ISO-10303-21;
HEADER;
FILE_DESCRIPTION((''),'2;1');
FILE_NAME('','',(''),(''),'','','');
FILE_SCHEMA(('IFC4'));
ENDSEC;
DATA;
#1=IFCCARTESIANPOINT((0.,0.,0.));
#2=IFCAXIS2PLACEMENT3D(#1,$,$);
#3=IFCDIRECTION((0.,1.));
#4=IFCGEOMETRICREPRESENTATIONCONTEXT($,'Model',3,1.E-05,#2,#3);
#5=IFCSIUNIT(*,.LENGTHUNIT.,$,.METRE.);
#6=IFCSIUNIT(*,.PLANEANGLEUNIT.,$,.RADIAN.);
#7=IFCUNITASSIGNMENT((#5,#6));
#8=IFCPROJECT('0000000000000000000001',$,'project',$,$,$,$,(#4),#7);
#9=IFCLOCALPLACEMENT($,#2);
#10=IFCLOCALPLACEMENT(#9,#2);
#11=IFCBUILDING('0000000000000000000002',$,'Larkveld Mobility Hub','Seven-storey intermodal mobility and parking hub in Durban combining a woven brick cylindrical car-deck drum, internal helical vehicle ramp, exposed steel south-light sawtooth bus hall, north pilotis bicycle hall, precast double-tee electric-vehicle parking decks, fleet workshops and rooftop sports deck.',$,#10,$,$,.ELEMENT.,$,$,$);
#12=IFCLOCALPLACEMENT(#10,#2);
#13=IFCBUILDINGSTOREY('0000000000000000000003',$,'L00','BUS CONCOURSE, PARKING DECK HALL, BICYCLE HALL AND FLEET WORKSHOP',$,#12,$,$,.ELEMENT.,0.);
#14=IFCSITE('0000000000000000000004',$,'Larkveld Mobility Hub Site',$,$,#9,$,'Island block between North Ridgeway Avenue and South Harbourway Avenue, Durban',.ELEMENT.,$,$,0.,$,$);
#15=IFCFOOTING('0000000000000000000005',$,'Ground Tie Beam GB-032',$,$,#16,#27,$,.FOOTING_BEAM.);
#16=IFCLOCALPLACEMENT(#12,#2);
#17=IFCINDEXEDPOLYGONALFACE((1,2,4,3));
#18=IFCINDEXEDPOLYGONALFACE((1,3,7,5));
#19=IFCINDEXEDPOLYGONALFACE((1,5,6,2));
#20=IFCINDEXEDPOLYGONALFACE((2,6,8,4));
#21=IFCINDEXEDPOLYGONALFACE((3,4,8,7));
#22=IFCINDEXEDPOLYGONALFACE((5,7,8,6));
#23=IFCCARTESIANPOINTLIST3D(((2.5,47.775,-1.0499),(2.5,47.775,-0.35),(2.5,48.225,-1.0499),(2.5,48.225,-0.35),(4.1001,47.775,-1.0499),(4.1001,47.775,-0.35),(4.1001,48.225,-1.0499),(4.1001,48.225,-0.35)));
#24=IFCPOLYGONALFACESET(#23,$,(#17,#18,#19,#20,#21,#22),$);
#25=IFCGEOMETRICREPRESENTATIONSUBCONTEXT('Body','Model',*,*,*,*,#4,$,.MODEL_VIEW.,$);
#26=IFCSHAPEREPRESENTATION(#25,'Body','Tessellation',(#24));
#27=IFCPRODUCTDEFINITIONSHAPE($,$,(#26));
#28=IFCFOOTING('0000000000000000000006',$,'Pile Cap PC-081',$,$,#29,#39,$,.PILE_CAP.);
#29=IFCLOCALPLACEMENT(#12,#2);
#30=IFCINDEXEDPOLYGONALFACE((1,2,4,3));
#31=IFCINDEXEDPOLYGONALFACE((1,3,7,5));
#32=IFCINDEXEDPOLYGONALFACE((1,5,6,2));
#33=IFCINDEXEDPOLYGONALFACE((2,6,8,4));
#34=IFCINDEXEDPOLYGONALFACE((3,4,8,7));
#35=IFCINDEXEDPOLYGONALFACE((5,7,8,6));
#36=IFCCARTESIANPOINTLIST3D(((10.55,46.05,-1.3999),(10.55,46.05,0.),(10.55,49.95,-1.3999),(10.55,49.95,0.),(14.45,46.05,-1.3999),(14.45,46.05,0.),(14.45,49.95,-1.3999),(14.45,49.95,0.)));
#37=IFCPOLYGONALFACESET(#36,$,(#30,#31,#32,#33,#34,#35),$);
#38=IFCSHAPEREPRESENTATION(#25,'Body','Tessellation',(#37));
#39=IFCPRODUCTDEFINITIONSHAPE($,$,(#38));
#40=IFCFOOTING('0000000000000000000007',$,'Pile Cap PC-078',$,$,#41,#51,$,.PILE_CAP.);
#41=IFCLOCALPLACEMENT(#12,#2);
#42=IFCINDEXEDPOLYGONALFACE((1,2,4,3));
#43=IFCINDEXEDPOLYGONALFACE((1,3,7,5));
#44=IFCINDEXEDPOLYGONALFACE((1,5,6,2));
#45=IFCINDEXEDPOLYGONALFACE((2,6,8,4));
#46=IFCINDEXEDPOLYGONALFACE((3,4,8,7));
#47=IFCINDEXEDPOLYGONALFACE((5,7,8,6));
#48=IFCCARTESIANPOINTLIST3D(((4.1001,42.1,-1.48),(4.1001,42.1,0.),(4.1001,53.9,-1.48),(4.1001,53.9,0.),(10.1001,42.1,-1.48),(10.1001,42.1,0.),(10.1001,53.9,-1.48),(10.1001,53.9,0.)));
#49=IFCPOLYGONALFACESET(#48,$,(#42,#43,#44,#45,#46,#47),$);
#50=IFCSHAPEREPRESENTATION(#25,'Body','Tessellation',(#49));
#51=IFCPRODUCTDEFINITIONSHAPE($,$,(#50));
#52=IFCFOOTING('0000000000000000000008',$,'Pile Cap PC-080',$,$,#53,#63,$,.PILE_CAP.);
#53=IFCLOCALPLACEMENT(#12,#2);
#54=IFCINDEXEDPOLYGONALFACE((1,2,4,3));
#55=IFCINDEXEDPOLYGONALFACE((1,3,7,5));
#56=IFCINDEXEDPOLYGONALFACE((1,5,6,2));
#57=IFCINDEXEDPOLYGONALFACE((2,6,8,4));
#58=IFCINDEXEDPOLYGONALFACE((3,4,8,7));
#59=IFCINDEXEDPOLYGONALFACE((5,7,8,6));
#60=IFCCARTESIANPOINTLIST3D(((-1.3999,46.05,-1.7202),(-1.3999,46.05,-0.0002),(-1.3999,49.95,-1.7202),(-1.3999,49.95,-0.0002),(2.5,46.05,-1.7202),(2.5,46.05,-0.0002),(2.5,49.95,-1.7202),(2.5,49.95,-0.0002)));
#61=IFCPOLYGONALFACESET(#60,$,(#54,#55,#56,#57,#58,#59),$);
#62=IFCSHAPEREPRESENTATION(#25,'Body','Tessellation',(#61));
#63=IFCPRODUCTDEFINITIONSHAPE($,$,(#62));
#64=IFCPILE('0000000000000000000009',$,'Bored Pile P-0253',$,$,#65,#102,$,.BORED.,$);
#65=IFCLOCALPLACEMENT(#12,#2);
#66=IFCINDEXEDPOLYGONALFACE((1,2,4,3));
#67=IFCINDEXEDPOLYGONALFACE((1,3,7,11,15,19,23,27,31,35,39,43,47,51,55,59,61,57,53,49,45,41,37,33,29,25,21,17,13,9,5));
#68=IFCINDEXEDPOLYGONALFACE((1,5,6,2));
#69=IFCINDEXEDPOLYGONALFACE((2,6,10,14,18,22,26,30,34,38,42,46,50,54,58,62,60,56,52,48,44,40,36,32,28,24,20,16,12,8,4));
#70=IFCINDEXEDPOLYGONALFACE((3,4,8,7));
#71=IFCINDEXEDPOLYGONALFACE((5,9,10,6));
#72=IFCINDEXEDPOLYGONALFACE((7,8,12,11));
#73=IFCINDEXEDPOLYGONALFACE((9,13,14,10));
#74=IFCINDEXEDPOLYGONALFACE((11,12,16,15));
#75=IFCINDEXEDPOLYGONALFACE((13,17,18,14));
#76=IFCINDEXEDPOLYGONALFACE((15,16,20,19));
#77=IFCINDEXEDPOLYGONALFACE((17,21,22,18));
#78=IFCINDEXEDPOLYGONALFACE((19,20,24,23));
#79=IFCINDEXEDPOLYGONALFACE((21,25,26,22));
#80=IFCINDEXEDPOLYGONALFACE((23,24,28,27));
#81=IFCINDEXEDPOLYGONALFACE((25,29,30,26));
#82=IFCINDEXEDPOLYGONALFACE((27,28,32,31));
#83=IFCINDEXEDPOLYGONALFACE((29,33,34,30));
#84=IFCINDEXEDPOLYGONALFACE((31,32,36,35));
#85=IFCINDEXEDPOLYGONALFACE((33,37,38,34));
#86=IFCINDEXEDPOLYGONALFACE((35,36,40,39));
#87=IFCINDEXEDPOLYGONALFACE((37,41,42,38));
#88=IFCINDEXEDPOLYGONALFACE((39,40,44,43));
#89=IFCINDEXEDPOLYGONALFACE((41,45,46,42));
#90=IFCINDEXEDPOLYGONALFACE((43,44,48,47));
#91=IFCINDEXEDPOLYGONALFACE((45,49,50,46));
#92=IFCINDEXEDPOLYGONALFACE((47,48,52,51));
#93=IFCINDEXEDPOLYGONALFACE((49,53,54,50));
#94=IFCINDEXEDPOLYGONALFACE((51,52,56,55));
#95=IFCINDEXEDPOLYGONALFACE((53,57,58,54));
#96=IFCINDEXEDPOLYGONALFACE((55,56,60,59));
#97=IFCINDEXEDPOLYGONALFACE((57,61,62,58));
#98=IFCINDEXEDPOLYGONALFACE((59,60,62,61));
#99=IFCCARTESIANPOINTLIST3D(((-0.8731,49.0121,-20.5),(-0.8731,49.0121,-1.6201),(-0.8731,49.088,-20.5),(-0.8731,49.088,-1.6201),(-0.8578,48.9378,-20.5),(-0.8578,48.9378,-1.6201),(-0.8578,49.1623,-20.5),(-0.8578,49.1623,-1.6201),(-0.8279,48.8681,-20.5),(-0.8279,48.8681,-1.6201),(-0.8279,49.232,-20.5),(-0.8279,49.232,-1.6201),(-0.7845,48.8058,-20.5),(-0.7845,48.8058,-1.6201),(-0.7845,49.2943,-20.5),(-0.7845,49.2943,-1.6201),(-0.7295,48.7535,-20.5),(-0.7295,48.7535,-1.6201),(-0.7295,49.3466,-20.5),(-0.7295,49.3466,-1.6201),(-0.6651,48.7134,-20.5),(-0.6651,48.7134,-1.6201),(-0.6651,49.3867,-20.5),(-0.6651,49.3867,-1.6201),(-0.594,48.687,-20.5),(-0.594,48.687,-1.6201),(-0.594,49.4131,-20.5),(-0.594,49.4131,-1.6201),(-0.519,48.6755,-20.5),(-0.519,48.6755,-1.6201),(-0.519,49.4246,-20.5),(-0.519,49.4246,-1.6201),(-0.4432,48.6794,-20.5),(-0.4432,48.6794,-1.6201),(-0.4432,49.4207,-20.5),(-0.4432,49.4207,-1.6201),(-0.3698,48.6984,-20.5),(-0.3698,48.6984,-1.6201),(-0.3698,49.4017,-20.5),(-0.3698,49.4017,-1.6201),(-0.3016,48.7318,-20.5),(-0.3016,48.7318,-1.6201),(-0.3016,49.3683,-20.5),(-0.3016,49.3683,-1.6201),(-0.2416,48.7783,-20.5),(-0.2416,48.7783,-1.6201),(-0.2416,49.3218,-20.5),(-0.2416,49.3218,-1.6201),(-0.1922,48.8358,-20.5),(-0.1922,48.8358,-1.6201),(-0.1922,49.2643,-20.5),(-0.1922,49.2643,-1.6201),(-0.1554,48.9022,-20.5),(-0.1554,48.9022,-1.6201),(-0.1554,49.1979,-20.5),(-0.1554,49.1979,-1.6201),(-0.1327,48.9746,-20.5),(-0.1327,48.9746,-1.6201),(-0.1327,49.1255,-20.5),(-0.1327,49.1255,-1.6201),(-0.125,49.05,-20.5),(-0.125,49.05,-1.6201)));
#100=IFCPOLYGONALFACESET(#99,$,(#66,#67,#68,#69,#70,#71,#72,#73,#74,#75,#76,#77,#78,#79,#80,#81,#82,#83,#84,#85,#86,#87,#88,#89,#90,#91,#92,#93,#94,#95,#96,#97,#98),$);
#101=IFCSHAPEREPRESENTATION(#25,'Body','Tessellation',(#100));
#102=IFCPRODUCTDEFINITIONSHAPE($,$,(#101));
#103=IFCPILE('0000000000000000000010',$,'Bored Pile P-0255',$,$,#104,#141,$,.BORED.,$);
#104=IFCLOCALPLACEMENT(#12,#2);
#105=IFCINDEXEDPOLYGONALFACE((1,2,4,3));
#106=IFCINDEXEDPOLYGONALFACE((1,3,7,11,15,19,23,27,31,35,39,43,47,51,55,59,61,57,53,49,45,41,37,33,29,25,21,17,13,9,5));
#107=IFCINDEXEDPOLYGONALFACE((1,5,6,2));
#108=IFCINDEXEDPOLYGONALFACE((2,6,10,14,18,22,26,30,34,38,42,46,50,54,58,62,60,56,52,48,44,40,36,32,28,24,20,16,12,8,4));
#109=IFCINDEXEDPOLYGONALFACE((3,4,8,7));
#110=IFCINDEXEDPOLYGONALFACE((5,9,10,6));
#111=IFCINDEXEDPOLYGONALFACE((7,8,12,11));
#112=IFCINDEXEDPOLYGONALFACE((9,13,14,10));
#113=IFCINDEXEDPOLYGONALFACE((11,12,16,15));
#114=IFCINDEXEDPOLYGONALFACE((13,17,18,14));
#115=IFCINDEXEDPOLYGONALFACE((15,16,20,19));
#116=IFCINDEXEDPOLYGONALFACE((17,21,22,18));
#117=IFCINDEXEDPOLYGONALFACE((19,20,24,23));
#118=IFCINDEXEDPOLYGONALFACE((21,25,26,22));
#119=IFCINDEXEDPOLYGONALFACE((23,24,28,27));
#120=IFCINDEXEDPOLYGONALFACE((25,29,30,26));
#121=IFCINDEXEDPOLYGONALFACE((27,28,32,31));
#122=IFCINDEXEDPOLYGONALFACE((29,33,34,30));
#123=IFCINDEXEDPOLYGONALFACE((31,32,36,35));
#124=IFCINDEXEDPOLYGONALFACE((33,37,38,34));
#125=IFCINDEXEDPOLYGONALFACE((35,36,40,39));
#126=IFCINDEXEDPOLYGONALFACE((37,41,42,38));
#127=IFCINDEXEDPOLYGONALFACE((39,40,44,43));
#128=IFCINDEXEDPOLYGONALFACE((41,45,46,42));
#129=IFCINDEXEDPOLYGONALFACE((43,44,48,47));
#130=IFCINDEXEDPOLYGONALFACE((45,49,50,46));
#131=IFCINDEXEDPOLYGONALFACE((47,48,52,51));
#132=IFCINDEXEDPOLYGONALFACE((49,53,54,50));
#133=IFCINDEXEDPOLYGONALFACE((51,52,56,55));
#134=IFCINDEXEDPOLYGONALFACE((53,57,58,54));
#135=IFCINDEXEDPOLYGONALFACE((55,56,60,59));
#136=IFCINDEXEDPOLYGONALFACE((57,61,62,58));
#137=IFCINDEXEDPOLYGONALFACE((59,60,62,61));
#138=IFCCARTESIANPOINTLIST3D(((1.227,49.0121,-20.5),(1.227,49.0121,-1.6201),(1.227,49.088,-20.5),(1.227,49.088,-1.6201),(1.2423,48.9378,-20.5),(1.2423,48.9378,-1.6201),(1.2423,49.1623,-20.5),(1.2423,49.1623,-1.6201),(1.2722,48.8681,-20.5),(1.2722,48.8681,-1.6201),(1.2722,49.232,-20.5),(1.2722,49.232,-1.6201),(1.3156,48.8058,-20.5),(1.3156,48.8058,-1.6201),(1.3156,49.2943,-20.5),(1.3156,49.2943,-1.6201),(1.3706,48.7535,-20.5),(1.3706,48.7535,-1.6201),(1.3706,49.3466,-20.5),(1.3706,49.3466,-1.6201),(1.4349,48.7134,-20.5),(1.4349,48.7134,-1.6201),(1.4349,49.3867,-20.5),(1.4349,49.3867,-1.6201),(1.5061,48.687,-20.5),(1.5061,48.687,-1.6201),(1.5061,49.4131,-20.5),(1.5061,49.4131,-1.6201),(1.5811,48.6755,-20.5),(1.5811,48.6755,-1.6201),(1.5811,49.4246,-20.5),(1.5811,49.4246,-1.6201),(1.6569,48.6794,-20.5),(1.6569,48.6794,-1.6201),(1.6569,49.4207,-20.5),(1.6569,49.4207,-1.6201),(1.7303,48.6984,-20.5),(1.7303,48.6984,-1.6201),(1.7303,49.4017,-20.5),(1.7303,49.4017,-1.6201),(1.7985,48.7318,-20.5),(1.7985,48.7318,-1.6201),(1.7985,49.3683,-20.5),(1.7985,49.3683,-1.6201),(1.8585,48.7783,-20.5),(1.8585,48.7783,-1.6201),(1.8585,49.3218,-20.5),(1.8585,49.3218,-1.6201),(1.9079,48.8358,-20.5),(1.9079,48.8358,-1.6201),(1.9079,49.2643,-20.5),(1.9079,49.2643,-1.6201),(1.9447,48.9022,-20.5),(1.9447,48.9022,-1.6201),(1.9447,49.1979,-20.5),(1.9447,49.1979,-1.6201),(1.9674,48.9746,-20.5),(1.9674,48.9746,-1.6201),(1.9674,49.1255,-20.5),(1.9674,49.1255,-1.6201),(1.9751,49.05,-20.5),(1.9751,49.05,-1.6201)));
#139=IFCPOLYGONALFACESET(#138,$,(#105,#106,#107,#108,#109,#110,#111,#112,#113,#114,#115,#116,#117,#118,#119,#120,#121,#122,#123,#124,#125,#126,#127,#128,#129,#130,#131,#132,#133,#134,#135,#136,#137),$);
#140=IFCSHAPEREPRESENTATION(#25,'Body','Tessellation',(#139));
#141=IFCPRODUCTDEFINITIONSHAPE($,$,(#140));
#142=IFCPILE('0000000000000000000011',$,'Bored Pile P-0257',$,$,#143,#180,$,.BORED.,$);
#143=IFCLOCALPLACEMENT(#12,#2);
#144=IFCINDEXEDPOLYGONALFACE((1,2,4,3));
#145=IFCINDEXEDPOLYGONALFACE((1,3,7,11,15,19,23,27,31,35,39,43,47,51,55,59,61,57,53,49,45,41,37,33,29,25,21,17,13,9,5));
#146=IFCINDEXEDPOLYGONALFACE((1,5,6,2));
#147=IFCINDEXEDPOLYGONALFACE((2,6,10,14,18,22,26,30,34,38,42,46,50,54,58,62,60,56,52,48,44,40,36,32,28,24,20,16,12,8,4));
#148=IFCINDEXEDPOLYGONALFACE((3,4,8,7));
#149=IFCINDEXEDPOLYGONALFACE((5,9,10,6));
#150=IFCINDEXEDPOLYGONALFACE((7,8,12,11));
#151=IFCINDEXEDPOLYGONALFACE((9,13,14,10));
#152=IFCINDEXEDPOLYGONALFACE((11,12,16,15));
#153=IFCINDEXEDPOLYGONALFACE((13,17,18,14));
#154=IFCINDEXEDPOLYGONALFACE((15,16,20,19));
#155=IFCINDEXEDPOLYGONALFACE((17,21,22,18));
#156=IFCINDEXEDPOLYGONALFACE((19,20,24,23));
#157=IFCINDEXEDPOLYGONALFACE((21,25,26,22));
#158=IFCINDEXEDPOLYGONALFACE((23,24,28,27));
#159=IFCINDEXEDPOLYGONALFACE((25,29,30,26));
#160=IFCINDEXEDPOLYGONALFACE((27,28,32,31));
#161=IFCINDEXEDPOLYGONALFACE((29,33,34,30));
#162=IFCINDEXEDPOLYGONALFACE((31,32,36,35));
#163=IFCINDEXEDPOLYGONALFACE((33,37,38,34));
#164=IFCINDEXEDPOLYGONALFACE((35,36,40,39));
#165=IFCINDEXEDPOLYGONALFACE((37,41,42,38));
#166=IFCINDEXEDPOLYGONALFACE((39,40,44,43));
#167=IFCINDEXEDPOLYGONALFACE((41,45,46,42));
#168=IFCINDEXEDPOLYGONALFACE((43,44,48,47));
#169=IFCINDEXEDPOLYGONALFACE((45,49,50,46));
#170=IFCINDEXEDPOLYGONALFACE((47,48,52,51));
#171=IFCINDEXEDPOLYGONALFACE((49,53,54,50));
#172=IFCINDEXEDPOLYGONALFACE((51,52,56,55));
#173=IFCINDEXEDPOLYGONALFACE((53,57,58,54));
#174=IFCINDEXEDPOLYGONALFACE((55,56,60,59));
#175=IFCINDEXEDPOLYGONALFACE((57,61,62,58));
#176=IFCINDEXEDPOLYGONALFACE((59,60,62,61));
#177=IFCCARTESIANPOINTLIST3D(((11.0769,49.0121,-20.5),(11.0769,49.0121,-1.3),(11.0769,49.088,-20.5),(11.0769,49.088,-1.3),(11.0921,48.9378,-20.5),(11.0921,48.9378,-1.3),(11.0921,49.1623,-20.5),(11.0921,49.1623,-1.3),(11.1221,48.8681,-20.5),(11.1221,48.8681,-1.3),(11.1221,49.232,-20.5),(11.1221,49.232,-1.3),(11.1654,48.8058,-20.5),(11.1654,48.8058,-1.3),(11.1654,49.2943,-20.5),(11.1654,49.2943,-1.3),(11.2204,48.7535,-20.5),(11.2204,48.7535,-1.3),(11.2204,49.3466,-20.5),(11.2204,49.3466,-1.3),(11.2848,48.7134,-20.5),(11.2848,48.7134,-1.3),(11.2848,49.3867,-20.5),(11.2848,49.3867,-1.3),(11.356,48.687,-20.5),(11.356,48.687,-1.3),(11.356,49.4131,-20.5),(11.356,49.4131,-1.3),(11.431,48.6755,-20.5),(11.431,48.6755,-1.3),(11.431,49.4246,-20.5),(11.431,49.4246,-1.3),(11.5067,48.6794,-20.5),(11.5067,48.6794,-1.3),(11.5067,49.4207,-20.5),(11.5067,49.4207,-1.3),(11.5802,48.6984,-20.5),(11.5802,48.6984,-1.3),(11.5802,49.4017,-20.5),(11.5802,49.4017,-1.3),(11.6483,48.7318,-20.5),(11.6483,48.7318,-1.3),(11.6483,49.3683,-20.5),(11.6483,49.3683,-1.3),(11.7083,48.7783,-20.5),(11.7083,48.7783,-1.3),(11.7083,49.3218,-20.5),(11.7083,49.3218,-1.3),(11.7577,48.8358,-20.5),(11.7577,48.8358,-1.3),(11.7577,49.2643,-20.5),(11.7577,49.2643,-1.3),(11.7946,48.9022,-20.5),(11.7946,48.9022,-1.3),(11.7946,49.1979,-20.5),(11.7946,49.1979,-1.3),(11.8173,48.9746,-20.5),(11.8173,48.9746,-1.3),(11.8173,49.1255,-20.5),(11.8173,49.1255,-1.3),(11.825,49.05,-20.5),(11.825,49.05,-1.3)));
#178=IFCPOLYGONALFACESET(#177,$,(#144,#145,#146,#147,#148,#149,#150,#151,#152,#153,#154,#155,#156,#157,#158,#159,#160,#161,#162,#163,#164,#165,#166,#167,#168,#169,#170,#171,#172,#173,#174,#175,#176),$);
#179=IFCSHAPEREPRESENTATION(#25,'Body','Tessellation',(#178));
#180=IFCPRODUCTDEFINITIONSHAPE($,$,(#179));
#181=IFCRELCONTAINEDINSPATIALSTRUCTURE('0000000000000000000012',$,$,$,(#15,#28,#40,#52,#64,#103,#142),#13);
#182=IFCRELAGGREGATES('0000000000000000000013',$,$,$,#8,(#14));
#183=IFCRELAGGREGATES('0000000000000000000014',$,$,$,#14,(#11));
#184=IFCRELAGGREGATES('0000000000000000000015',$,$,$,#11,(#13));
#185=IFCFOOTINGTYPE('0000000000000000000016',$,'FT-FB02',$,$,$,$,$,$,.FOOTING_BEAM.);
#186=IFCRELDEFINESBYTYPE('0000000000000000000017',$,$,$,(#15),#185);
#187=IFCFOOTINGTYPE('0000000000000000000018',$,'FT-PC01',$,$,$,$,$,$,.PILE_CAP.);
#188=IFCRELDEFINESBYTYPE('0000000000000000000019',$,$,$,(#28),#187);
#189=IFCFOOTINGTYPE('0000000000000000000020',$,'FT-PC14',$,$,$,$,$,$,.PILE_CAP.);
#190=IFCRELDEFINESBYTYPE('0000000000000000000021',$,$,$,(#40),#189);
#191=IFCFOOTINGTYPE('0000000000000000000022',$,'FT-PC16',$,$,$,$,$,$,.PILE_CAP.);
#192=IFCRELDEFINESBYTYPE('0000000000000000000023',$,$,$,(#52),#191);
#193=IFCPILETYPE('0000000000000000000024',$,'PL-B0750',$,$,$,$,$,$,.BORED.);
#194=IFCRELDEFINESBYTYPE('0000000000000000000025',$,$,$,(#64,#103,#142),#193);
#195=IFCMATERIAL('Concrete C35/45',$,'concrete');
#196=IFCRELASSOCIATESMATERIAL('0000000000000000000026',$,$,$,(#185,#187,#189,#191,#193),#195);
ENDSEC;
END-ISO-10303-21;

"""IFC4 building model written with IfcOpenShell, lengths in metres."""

from ifc_helpers import new_model, si_unit, direction, frame, origin, origin_2d, place, context, subcontext, project, spatial, rectangle, circle, extrude, material, material_profile, profile_set, type_object, element, save


model = new_model("IFC4")

# Units and contexts
model_context = context("Model", 3, precision=1e-05, world=origin(), true_north=direction((0.0, 1.0)))
body_context = subcontext(model_context, "Body", "Model", "MODEL_VIEW")
ifc_project = project(units=[si_unit("LENGTHUNIT", "METRE"), si_unit("PLANEANGLEUNIT", "RADIAN")], contexts=[model_context])

# Site, building, storey
site_placement = place(None, origin())
site = spatial("IfcSite", under=ifc_project, at=site_placement, Name="Larkveld Mobility Hub Site", LongName="Island block between North Ridgeway Avenue and South Harbourway Avenue, Durban", CompositionType="ELEMENT", RefElevation=0.0)
building_placement = place(site_placement, origin())
building = spatial("IfcBuilding", under=site, at=building_placement, Name="Larkveld Mobility Hub", Description="Seven-storey intermodal mobility and parking hub in Durban combining a woven brick cylindrical car-deck drum, internal helical vehicle ramp, exposed steel south-light sawtooth bus hall, north pilotis bicycle hall, precast double-tee electric-vehicle parking decks, fleet workshops and rooftop sports deck.", CompositionType="ELEMENT")
storey_placement = place(building_placement, origin())
storey = spatial("IfcBuildingStorey", under=building, at=storey_placement, Name="L00", Description="BUS CONCOURSE, PARKING DECK HALL, BICYCLE HALL AND FLEET WORKSHOP", CompositionType="ELEMENT", Elevation=0.0)

# Footings
ifc_material_1 = material(Name="Concrete C35/45", Category="concrete")
ifc_material_profile_1 = material_profile(ifc_material_1, rectangle(XDim=0.45, YDim=0.7, at=origin_2d()), Name="RC BM 450x700")
ifc_profile_set_1 = profile_set([ifc_material_profile_1], Name="Concrete C35/45")
footing_type_1 = type_object("IfcFootingType", Name="FT-FB02", PredefinedType="FOOTING_BEAM", material=ifc_profile_set_1)
footing_1_placement = place(storey_placement, frame((2.5, 48.0, -0.7), z_axis=(1.0, 0.0, 0.0), x_axis=(0.0, 1.0, 0.0)))
element("IfcFooting", 1, at=footing_1_placement, inside=storey, type_object=footing_type_1, Name="Ground Tie Beam GB-032", PredefinedType="FOOTING_BEAM", context=body_context, shape_type="SweptSolid", body=[
    extrude(rectangle(XDim=0.45, YDim=0.7, at=origin_2d()), origin(), (0.0, 0.0, 1.0), 1.6001),
])
footing_type_2 = type_object("IfcFootingType", Name="FT-PC01", PredefinedType="PILE_CAP", material=ifc_material_1)
footing_2_placement = place(storey_placement, frame((12.5, 48.0, -1.3999), z_axis=(0.0, 0.0, 1.0), x_axis=(1.0, 0.0, 0.0)))
element("IfcFooting", 2, at=footing_2_placement, inside=storey, type_object=footing_type_2, Name="Pile Cap PC-081", PredefinedType="PILE_CAP", context=body_context, shape_type="SweptSolid", body=[
    extrude(rectangle(XDim=3.8999, YDim=3.8999, at=origin_2d()), origin(), (0.0, 0.0, 1.0), 1.3999),
])
footing_type_3 = type_object("IfcFootingType", Name="FT-PC14", PredefinedType="PILE_CAP", material=ifc_material_1)
footing_3_placement = place(storey_placement, frame((7.1001, 48.0, -1.48), z_axis=(0.0, 0.0, 1.0), x_axis=(1.0, 0.0, 0.0)))
element("IfcFooting", 3, at=footing_3_placement, inside=storey, type_object=footing_type_3, Name="Pile Cap PC-078", PredefinedType="PILE_CAP", context=body_context, shape_type="SweptSolid", body=[
    extrude(rectangle(XDim=6.0, YDim=11.8, at=origin_2d()), origin(), (0.0, 0.0, 1.0), 1.48),
])
footing_type_4 = type_object("IfcFootingType", Name="FT-PC16", PredefinedType="PILE_CAP", material=ifc_material_1)
footing_4_placement = place(storey_placement, frame((0.55, 48.0, -1.7202), z_axis=(0.0, 0.0, 1.0), x_axis=(1.0, 0.0, 0.0)))
element("IfcFooting", 4, at=footing_4_placement, inside=storey, type_object=footing_type_4, Name="Pile Cap PC-080", PredefinedType="PILE_CAP", context=body_context, shape_type="SweptSolid", body=[
    extrude(rectangle(XDim=3.8999, YDim=3.8999, at=origin_2d()), origin(), (0.0, 0.0, 1.0), 1.72),
])

# Piles
ifc_material_profile_2 = material_profile(ifc_material_1, circle(Radius=0.375, at=origin_2d()), Name="PILE D750")
ifc_profile_set_2 = profile_set([ifc_material_profile_2], Name="Concrete C35/45")
pile_type_1 = type_object("IfcPileType", Name="PL-B0750", PredefinedType="BORED", material=ifc_profile_set_2)
for number, where, z_axis, x_axis, name in (
    (5, (-0.5, 49.05, -1.6201), (0.0, 0.0, -1.0), (1.0, 0.0, 0.0), "Bored Pile P-0253"),
    (6, (1.6001, 49.05, -1.6201), (0.0, 0.0, -1.0), (1.0, 0.0, 0.0), "Bored Pile P-0255"),
):
    element("IfcPile", number, at=place(storey_placement, frame(where, z_axis=z_axis, x_axis=x_axis)), inside=storey, type_object=pile_type_1, Name=name, PredefinedType="BORED", context=body_context, shape_type="SweptSolid", body=[
        extrude(circle(Radius=0.375, at=origin_2d()), origin(), (0.0, 0.0, 1.0), 18.8799),
    ])
for number, where, z_axis, x_axis, name in (
    (7, (11.45, 49.05, -1.3), (0.0, 0.0, -1.0), (1.0, 0.0, 0.0), "Bored Pile P-0257"),
):
    element("IfcPile", number, at=place(storey_placement, frame(where, z_axis=z_axis, x_axis=x_axis)), inside=storey, type_object=pile_type_1, Name=name, PredefinedType="BORED", context=body_context, shape_type="SweptSolid", body=[
        extrude(circle(Radius=0.375, at=origin_2d()), origin(), (0.0, 0.0, 1.0), 19.2),
    ])

save(model, "model.ifc")
